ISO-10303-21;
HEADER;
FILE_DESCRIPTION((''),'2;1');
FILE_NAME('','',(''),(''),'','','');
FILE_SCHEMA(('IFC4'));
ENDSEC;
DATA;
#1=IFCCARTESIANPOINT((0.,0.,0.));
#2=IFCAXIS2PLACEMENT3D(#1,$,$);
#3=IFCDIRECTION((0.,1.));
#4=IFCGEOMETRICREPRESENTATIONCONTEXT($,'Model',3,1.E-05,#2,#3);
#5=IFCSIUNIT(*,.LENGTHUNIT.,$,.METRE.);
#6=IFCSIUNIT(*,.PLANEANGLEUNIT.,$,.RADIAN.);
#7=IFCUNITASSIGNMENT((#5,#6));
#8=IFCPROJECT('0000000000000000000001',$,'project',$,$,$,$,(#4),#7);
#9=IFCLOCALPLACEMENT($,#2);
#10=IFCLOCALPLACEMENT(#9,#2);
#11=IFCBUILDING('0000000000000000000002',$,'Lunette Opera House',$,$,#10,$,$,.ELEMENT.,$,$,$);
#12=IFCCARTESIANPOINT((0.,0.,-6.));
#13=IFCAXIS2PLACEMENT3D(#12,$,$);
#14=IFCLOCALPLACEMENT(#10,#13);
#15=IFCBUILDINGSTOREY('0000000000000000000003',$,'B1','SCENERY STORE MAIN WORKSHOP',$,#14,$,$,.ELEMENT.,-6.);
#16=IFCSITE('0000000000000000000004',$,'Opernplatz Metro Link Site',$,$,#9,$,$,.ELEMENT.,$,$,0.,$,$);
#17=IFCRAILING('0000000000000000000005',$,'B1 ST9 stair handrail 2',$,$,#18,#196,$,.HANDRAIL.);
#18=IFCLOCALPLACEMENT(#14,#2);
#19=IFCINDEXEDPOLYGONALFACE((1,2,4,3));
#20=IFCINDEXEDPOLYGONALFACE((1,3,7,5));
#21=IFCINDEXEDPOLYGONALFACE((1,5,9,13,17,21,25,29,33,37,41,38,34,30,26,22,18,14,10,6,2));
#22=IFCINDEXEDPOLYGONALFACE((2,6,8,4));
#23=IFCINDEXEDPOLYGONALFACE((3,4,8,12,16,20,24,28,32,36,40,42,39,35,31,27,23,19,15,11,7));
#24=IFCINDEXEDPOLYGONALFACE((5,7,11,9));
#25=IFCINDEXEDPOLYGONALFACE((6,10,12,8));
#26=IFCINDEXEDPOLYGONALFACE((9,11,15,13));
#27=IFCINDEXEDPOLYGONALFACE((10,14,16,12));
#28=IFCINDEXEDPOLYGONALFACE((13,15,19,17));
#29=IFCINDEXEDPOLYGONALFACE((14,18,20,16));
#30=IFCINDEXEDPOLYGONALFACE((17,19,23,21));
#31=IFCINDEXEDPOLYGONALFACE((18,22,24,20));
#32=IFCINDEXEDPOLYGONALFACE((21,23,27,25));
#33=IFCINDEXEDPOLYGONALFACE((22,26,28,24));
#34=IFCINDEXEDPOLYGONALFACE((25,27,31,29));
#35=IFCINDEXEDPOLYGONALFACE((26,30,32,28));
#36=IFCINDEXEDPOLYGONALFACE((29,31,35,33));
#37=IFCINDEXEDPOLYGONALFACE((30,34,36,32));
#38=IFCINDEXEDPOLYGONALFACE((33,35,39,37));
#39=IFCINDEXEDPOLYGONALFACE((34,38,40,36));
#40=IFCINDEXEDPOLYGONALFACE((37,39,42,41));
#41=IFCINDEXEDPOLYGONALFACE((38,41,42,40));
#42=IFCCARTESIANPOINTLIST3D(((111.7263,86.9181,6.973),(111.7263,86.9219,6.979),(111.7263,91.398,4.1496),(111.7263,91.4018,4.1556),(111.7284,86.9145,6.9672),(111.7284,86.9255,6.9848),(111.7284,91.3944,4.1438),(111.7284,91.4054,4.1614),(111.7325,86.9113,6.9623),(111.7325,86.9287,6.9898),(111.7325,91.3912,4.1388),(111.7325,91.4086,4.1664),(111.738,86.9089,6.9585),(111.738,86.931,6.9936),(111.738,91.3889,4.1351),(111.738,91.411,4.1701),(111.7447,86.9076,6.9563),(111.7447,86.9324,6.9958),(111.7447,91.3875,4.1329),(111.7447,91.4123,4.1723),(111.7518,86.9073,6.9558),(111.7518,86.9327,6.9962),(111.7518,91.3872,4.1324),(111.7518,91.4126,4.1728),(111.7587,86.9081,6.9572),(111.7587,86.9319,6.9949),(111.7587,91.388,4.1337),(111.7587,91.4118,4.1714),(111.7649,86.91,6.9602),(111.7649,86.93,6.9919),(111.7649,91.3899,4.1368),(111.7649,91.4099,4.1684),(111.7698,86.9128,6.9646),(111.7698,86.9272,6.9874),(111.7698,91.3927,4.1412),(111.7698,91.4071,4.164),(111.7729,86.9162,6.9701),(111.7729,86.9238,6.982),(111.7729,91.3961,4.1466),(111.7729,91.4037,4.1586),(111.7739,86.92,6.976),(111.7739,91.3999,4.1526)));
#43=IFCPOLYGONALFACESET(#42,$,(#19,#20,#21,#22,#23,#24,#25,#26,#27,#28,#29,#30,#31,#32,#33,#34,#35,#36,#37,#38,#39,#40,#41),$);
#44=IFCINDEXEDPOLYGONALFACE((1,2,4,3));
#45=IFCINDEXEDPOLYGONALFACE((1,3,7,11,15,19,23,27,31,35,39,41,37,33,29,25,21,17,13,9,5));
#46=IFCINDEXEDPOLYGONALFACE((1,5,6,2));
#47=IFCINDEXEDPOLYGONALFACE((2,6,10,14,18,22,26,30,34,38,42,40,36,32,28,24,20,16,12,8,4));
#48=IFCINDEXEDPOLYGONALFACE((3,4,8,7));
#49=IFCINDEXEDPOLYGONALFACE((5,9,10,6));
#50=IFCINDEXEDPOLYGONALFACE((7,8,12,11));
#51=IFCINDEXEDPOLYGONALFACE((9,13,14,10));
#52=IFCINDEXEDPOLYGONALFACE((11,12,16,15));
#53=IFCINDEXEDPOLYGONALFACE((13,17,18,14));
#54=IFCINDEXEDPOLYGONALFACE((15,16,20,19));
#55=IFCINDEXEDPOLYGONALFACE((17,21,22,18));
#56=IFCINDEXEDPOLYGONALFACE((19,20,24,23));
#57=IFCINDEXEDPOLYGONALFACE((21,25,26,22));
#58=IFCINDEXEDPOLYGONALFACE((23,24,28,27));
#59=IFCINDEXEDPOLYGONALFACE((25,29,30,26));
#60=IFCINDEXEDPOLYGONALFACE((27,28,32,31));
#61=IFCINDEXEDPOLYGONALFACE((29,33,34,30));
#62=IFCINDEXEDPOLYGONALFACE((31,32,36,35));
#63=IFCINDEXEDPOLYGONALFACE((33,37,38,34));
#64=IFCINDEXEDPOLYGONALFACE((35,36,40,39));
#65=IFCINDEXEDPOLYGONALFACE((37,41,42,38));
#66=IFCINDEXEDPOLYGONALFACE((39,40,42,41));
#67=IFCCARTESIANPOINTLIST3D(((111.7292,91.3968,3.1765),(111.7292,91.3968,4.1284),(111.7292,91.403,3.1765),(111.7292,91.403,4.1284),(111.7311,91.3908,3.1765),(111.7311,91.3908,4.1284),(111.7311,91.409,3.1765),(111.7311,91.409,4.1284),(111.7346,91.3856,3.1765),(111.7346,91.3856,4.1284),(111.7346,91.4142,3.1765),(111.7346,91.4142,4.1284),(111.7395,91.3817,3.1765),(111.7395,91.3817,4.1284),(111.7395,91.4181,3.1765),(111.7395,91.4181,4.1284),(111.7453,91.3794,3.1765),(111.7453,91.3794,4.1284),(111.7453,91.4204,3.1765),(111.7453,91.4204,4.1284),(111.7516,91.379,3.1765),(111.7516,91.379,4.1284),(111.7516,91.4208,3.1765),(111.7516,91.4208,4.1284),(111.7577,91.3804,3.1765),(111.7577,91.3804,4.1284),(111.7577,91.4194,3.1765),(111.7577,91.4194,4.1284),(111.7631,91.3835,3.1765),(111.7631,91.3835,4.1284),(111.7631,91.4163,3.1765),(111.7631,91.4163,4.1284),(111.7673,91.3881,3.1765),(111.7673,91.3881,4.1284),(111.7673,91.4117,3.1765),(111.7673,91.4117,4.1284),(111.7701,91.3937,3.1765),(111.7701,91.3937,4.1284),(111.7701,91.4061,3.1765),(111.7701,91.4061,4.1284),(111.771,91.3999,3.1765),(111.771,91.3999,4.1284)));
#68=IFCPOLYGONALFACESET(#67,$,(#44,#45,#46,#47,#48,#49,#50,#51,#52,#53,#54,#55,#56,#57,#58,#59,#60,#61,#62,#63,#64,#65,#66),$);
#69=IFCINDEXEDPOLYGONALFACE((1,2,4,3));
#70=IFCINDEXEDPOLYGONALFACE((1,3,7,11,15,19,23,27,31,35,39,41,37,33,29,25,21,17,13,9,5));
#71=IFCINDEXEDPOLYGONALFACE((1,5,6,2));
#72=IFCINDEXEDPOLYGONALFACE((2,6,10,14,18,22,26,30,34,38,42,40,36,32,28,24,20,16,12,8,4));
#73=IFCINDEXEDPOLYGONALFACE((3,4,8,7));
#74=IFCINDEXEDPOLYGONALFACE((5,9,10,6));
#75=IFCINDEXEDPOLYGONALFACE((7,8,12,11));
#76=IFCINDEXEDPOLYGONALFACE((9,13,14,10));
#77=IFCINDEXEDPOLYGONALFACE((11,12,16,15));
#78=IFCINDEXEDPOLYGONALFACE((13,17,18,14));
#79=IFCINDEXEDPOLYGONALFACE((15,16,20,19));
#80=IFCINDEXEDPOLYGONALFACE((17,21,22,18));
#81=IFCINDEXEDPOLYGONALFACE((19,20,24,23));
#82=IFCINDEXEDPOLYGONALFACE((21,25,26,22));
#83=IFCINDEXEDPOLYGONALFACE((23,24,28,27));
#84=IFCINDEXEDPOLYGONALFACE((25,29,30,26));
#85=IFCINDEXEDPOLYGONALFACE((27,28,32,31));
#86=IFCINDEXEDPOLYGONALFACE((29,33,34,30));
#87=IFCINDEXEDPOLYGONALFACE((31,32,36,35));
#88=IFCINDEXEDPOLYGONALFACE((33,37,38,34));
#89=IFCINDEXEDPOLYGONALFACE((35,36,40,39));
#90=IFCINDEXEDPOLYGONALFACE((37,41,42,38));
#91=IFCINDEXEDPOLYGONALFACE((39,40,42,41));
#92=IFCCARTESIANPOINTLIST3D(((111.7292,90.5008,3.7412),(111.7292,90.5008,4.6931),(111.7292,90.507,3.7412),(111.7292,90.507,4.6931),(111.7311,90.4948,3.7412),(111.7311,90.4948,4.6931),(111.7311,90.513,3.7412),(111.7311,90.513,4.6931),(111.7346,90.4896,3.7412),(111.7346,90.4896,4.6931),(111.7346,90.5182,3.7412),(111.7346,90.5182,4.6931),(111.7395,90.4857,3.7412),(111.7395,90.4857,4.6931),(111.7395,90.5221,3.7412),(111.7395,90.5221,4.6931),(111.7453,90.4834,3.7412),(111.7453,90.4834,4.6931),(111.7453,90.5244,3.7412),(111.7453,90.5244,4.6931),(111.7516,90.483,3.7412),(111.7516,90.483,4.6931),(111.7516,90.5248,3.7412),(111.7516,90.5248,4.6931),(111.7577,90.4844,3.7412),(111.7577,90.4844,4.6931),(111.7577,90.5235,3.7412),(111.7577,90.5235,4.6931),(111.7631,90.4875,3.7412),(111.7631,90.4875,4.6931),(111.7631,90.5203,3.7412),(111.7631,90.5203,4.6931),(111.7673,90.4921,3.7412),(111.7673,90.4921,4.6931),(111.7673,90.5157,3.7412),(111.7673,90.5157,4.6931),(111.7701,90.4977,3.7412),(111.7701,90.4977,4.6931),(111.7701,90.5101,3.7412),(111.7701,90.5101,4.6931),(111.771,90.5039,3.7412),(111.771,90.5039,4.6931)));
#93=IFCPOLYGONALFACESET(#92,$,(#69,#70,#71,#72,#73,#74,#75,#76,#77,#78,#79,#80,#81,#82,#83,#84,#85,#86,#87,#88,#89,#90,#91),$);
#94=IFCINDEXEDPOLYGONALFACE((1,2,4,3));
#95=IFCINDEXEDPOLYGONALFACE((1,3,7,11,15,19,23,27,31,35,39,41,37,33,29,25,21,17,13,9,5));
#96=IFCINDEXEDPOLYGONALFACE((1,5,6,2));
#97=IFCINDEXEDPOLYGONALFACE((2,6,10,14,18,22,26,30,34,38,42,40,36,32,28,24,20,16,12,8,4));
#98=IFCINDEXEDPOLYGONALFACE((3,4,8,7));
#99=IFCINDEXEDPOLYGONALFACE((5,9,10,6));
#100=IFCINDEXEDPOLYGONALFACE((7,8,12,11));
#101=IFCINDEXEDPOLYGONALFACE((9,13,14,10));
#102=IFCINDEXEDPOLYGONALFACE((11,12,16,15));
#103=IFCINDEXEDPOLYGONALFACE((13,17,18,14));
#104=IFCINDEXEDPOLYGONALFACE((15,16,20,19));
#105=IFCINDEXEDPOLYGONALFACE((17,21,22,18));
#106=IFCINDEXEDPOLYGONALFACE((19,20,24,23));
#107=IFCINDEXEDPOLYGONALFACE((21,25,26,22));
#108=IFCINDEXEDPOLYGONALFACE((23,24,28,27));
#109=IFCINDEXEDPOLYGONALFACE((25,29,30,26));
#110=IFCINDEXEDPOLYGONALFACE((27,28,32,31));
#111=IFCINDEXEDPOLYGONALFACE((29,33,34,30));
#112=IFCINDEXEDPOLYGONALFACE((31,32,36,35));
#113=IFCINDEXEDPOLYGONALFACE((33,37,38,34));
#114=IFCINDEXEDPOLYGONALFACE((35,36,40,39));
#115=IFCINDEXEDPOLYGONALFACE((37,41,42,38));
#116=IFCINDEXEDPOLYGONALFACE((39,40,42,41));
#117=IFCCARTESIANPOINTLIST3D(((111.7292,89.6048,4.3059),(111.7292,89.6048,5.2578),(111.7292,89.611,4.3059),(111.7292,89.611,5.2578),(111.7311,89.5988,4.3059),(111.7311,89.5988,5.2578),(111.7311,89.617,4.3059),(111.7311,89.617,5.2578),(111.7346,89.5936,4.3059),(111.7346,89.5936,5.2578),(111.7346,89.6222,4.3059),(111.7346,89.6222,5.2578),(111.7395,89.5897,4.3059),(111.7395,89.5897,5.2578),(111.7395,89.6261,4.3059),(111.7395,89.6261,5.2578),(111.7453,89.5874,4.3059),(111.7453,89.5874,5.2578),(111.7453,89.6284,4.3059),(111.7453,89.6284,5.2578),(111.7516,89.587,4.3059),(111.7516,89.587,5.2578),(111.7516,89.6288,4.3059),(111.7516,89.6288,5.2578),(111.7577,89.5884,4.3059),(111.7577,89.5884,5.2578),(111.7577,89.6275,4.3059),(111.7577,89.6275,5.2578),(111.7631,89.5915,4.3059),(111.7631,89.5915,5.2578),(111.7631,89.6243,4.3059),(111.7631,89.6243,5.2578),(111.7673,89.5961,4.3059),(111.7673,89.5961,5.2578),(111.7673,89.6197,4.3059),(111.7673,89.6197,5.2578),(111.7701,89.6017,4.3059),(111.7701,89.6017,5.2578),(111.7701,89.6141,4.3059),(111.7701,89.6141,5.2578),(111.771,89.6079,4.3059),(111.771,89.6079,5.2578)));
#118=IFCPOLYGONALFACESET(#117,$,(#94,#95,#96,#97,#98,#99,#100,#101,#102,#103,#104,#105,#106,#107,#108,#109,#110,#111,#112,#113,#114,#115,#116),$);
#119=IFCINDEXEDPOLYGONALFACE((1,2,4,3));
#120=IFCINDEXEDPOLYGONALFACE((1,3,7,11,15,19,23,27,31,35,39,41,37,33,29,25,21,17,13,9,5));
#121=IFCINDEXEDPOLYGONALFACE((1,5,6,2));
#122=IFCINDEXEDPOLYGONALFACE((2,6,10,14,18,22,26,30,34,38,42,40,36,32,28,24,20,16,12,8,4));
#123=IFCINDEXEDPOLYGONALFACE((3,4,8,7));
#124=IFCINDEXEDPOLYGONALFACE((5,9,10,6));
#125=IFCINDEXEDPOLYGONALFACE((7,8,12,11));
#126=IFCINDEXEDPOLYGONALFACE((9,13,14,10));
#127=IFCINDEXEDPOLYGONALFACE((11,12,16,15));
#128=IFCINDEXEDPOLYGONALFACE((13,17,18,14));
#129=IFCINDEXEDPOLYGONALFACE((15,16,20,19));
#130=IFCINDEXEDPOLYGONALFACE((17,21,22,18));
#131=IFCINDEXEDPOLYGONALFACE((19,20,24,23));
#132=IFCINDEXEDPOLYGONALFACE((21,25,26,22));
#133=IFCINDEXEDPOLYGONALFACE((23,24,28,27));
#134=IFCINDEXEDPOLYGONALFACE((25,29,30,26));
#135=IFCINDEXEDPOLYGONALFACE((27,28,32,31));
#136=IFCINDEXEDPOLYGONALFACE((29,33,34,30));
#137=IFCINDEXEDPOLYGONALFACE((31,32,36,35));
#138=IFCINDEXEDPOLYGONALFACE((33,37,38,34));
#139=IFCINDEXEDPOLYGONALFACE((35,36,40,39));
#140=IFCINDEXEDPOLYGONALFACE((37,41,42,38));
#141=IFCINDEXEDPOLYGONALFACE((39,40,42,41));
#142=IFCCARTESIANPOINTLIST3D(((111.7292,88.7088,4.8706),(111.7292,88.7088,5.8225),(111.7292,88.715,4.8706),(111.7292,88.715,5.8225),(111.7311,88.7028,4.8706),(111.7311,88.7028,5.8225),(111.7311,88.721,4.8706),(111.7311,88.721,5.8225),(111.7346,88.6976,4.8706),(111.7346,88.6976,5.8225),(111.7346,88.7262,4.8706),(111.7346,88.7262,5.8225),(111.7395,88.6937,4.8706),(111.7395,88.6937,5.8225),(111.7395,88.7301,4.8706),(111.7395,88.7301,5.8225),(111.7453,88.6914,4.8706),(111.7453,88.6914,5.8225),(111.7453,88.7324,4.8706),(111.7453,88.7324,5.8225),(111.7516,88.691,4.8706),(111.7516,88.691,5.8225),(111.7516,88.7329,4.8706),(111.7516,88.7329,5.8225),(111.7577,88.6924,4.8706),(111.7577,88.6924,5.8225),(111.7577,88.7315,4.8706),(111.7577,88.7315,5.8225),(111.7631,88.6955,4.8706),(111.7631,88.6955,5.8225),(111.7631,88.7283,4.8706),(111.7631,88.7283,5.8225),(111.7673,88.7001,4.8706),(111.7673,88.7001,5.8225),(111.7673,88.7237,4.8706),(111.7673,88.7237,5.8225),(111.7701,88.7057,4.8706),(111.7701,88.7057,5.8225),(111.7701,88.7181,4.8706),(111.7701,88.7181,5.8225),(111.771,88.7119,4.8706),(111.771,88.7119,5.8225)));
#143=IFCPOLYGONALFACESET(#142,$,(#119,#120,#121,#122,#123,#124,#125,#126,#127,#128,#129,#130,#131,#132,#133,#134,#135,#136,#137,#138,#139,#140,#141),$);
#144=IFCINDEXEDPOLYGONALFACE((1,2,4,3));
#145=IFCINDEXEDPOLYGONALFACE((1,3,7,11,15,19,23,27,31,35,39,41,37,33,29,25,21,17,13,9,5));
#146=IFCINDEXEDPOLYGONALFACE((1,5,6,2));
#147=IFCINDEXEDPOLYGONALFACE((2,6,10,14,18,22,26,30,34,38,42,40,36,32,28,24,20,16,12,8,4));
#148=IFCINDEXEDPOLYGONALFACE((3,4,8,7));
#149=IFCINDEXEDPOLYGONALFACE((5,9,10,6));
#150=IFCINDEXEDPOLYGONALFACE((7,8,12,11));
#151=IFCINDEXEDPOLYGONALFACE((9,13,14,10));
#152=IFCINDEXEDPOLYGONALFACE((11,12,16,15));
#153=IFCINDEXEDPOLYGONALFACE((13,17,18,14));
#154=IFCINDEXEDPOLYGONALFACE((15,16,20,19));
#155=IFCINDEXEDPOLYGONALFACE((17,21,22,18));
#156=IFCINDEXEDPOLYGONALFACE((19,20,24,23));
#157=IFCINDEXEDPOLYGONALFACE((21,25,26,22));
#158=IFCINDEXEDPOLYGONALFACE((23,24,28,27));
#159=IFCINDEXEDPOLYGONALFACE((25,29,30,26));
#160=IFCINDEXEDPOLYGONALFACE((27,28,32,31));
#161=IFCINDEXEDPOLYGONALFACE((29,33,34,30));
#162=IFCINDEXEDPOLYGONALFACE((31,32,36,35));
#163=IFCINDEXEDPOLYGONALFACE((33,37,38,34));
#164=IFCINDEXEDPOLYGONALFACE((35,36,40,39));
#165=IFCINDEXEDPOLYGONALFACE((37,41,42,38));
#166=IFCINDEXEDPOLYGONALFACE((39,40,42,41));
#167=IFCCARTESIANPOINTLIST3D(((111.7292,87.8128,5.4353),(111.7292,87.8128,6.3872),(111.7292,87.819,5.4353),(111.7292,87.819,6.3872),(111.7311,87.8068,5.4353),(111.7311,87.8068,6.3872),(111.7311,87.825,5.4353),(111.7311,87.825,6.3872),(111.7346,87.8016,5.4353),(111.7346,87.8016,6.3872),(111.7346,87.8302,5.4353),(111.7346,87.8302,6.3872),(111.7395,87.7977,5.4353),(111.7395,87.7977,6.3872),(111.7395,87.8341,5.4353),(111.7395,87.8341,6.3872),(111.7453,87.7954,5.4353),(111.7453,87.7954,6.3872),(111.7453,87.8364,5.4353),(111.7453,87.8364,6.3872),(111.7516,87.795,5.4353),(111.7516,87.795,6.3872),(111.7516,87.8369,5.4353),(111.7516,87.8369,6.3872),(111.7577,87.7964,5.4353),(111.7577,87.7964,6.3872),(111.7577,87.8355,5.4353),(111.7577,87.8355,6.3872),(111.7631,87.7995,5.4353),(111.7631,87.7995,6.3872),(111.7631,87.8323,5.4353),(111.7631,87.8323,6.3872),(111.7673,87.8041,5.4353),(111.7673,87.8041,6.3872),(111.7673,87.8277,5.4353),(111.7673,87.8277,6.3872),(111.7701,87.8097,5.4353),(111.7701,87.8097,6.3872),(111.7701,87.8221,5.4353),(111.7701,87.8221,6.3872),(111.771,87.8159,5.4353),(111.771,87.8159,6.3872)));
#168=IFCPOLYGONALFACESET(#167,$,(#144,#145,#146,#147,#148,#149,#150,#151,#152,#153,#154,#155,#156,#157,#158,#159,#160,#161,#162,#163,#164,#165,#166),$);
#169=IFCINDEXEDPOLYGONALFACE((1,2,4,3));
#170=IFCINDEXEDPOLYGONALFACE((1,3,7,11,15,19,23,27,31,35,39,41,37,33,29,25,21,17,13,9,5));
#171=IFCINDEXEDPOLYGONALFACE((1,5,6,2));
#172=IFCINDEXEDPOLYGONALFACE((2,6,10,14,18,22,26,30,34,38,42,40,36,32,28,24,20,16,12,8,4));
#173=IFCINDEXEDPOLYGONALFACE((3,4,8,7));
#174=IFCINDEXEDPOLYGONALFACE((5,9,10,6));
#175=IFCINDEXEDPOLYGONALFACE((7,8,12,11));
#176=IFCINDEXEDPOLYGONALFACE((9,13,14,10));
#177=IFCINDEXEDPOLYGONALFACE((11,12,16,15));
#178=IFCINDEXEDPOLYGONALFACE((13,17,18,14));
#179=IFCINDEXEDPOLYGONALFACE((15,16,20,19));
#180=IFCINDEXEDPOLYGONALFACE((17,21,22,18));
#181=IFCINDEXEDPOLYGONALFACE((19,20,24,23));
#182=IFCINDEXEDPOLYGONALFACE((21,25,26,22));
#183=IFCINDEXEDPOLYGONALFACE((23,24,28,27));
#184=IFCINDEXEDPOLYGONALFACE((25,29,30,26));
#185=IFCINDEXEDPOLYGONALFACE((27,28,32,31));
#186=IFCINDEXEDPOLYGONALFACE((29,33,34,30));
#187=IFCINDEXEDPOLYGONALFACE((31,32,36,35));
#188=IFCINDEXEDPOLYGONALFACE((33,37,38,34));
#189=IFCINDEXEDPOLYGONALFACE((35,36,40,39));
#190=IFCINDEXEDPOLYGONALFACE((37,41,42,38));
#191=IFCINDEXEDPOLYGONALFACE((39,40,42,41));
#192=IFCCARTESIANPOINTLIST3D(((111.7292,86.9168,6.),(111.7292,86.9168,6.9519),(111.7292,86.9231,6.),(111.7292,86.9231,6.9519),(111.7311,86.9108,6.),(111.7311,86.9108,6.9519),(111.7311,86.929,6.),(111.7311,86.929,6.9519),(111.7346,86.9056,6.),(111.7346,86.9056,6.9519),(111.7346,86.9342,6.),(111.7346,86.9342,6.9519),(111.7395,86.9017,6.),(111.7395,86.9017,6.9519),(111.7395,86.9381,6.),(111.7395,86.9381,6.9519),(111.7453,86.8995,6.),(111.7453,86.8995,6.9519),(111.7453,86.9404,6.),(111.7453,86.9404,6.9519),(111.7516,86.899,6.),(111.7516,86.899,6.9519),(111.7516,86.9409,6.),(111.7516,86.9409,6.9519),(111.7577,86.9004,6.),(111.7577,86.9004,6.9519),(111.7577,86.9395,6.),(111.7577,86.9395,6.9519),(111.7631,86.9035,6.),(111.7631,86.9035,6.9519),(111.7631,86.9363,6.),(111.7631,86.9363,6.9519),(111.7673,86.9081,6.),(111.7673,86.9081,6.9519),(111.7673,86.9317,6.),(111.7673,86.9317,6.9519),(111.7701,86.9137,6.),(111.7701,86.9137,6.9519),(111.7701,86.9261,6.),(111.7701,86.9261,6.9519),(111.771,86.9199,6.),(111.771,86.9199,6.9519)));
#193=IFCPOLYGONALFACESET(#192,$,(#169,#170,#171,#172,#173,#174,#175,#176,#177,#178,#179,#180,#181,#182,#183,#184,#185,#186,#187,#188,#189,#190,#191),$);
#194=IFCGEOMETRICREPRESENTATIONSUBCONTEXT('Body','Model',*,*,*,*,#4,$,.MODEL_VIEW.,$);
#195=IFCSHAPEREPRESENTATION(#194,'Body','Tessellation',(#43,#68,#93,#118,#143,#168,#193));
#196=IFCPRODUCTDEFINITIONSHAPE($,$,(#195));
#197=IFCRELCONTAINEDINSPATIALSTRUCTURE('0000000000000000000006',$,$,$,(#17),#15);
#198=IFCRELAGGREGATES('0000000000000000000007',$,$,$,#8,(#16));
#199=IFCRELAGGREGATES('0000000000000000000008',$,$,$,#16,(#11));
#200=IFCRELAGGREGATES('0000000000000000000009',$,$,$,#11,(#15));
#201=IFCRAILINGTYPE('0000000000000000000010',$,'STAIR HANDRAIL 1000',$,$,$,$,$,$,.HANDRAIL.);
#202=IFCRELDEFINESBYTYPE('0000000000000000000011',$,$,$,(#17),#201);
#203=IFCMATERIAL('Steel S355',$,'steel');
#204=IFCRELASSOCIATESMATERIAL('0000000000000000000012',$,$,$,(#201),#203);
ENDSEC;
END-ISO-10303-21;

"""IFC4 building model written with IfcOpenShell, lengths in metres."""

from ifc_helpers import new_model, si_unit, direction, frame, origin, origin_2d, place, context, subcontext, project, spatial, circle, extrude, material, type_object, element, save


model = new_model("IFC4")

# Units and contexts
model_context = context("Model", 3, precision=1e-05, world=origin(), true_north=direction((0.0, 1.0)))
body_context = subcontext(model_context, "Body", "Model", "MODEL_VIEW")
ifc_project = project(units=[si_unit("LENGTHUNIT", "METRE"), si_unit("PLANEANGLEUNIT", "RADIAN")], contexts=[model_context])

# Site, building, storey
site_placement = place(None, origin())
site = spatial("IfcSite", under=ifc_project, at=site_placement, Name="Opernplatz Metro Link Site", CompositionType="ELEMENT", RefElevation=0.0)
building_placement = place(site_placement, origin())
building = spatial("IfcBuilding", under=site, at=building_placement, Name="Lunette Opera House", CompositionType="ELEMENT")
storey_placement = place(building_placement, frame((0.0, 0.0, -6.0)))
storey = spatial("IfcBuildingStorey", under=building, at=storey_placement, Name="B1", Description="SCENERY STORE MAIN WORKSHOP", CompositionType="ELEMENT", Elevation=-6.0)

# Railing
ifc_material_1 = material(Name="Steel S355", Category="steel")
railing_type_1 = type_object("IfcRailingType", Name="STAIR HANDRAIL 1000", PredefinedType="HANDRAIL", material=ifc_material_1)
railing_1_placement = place(storey_placement, frame((111.75, 91.3999, 3.1765)))
element("IfcRailing", 1, at=railing_1_placement, inside=storey, type_object=railing_type_1, Name="B1 ST9 stair handrail 2", PredefinedType="HANDRAIL", context=body_context, shape_type="SweptSolid", body=[
    extrude(circle(Radius=0.0239, at=origin_2d()), frame((0.0, 0.0, 0.9761), z_axis=(0.0, -0.845998, 0.533186), x_axis=(1.0, 0.0, 0.0)), (0.0, 0.0, 1.0), 5.2954),
    extrude(circle(Radius=0.021, at=origin_2d()), origin(), (0.0, 0.0, 1.0), 0.9519),
    extrude(circle(Radius=0.021, at=origin_2d()), frame((0.0, -0.896, 0.5647)), (0.0, 0.0, 1.0), 0.9519),
    extrude(circle(Radius=0.021, at=origin_2d()), frame((0.0, -1.792, 1.1294)), (0.0, 0.0, 1.0), 0.9519),
    extrude(circle(Radius=0.021, at=origin_2d()), frame((0.0, -2.688, 1.6941)), (0.0, 0.0, 1.0), 0.9519),
    extrude(circle(Radius=0.021, at=origin_2d()), frame((0.0, -3.584, 2.2588)), (0.0, 0.0, 1.0), 0.9519),
    extrude(circle(Radius=0.021, at=origin_2d()), frame((0.0, -4.48, 2.8235)), (0.0, 0.0, 1.0), 0.9519),
])

save(model, "model.ifc")
